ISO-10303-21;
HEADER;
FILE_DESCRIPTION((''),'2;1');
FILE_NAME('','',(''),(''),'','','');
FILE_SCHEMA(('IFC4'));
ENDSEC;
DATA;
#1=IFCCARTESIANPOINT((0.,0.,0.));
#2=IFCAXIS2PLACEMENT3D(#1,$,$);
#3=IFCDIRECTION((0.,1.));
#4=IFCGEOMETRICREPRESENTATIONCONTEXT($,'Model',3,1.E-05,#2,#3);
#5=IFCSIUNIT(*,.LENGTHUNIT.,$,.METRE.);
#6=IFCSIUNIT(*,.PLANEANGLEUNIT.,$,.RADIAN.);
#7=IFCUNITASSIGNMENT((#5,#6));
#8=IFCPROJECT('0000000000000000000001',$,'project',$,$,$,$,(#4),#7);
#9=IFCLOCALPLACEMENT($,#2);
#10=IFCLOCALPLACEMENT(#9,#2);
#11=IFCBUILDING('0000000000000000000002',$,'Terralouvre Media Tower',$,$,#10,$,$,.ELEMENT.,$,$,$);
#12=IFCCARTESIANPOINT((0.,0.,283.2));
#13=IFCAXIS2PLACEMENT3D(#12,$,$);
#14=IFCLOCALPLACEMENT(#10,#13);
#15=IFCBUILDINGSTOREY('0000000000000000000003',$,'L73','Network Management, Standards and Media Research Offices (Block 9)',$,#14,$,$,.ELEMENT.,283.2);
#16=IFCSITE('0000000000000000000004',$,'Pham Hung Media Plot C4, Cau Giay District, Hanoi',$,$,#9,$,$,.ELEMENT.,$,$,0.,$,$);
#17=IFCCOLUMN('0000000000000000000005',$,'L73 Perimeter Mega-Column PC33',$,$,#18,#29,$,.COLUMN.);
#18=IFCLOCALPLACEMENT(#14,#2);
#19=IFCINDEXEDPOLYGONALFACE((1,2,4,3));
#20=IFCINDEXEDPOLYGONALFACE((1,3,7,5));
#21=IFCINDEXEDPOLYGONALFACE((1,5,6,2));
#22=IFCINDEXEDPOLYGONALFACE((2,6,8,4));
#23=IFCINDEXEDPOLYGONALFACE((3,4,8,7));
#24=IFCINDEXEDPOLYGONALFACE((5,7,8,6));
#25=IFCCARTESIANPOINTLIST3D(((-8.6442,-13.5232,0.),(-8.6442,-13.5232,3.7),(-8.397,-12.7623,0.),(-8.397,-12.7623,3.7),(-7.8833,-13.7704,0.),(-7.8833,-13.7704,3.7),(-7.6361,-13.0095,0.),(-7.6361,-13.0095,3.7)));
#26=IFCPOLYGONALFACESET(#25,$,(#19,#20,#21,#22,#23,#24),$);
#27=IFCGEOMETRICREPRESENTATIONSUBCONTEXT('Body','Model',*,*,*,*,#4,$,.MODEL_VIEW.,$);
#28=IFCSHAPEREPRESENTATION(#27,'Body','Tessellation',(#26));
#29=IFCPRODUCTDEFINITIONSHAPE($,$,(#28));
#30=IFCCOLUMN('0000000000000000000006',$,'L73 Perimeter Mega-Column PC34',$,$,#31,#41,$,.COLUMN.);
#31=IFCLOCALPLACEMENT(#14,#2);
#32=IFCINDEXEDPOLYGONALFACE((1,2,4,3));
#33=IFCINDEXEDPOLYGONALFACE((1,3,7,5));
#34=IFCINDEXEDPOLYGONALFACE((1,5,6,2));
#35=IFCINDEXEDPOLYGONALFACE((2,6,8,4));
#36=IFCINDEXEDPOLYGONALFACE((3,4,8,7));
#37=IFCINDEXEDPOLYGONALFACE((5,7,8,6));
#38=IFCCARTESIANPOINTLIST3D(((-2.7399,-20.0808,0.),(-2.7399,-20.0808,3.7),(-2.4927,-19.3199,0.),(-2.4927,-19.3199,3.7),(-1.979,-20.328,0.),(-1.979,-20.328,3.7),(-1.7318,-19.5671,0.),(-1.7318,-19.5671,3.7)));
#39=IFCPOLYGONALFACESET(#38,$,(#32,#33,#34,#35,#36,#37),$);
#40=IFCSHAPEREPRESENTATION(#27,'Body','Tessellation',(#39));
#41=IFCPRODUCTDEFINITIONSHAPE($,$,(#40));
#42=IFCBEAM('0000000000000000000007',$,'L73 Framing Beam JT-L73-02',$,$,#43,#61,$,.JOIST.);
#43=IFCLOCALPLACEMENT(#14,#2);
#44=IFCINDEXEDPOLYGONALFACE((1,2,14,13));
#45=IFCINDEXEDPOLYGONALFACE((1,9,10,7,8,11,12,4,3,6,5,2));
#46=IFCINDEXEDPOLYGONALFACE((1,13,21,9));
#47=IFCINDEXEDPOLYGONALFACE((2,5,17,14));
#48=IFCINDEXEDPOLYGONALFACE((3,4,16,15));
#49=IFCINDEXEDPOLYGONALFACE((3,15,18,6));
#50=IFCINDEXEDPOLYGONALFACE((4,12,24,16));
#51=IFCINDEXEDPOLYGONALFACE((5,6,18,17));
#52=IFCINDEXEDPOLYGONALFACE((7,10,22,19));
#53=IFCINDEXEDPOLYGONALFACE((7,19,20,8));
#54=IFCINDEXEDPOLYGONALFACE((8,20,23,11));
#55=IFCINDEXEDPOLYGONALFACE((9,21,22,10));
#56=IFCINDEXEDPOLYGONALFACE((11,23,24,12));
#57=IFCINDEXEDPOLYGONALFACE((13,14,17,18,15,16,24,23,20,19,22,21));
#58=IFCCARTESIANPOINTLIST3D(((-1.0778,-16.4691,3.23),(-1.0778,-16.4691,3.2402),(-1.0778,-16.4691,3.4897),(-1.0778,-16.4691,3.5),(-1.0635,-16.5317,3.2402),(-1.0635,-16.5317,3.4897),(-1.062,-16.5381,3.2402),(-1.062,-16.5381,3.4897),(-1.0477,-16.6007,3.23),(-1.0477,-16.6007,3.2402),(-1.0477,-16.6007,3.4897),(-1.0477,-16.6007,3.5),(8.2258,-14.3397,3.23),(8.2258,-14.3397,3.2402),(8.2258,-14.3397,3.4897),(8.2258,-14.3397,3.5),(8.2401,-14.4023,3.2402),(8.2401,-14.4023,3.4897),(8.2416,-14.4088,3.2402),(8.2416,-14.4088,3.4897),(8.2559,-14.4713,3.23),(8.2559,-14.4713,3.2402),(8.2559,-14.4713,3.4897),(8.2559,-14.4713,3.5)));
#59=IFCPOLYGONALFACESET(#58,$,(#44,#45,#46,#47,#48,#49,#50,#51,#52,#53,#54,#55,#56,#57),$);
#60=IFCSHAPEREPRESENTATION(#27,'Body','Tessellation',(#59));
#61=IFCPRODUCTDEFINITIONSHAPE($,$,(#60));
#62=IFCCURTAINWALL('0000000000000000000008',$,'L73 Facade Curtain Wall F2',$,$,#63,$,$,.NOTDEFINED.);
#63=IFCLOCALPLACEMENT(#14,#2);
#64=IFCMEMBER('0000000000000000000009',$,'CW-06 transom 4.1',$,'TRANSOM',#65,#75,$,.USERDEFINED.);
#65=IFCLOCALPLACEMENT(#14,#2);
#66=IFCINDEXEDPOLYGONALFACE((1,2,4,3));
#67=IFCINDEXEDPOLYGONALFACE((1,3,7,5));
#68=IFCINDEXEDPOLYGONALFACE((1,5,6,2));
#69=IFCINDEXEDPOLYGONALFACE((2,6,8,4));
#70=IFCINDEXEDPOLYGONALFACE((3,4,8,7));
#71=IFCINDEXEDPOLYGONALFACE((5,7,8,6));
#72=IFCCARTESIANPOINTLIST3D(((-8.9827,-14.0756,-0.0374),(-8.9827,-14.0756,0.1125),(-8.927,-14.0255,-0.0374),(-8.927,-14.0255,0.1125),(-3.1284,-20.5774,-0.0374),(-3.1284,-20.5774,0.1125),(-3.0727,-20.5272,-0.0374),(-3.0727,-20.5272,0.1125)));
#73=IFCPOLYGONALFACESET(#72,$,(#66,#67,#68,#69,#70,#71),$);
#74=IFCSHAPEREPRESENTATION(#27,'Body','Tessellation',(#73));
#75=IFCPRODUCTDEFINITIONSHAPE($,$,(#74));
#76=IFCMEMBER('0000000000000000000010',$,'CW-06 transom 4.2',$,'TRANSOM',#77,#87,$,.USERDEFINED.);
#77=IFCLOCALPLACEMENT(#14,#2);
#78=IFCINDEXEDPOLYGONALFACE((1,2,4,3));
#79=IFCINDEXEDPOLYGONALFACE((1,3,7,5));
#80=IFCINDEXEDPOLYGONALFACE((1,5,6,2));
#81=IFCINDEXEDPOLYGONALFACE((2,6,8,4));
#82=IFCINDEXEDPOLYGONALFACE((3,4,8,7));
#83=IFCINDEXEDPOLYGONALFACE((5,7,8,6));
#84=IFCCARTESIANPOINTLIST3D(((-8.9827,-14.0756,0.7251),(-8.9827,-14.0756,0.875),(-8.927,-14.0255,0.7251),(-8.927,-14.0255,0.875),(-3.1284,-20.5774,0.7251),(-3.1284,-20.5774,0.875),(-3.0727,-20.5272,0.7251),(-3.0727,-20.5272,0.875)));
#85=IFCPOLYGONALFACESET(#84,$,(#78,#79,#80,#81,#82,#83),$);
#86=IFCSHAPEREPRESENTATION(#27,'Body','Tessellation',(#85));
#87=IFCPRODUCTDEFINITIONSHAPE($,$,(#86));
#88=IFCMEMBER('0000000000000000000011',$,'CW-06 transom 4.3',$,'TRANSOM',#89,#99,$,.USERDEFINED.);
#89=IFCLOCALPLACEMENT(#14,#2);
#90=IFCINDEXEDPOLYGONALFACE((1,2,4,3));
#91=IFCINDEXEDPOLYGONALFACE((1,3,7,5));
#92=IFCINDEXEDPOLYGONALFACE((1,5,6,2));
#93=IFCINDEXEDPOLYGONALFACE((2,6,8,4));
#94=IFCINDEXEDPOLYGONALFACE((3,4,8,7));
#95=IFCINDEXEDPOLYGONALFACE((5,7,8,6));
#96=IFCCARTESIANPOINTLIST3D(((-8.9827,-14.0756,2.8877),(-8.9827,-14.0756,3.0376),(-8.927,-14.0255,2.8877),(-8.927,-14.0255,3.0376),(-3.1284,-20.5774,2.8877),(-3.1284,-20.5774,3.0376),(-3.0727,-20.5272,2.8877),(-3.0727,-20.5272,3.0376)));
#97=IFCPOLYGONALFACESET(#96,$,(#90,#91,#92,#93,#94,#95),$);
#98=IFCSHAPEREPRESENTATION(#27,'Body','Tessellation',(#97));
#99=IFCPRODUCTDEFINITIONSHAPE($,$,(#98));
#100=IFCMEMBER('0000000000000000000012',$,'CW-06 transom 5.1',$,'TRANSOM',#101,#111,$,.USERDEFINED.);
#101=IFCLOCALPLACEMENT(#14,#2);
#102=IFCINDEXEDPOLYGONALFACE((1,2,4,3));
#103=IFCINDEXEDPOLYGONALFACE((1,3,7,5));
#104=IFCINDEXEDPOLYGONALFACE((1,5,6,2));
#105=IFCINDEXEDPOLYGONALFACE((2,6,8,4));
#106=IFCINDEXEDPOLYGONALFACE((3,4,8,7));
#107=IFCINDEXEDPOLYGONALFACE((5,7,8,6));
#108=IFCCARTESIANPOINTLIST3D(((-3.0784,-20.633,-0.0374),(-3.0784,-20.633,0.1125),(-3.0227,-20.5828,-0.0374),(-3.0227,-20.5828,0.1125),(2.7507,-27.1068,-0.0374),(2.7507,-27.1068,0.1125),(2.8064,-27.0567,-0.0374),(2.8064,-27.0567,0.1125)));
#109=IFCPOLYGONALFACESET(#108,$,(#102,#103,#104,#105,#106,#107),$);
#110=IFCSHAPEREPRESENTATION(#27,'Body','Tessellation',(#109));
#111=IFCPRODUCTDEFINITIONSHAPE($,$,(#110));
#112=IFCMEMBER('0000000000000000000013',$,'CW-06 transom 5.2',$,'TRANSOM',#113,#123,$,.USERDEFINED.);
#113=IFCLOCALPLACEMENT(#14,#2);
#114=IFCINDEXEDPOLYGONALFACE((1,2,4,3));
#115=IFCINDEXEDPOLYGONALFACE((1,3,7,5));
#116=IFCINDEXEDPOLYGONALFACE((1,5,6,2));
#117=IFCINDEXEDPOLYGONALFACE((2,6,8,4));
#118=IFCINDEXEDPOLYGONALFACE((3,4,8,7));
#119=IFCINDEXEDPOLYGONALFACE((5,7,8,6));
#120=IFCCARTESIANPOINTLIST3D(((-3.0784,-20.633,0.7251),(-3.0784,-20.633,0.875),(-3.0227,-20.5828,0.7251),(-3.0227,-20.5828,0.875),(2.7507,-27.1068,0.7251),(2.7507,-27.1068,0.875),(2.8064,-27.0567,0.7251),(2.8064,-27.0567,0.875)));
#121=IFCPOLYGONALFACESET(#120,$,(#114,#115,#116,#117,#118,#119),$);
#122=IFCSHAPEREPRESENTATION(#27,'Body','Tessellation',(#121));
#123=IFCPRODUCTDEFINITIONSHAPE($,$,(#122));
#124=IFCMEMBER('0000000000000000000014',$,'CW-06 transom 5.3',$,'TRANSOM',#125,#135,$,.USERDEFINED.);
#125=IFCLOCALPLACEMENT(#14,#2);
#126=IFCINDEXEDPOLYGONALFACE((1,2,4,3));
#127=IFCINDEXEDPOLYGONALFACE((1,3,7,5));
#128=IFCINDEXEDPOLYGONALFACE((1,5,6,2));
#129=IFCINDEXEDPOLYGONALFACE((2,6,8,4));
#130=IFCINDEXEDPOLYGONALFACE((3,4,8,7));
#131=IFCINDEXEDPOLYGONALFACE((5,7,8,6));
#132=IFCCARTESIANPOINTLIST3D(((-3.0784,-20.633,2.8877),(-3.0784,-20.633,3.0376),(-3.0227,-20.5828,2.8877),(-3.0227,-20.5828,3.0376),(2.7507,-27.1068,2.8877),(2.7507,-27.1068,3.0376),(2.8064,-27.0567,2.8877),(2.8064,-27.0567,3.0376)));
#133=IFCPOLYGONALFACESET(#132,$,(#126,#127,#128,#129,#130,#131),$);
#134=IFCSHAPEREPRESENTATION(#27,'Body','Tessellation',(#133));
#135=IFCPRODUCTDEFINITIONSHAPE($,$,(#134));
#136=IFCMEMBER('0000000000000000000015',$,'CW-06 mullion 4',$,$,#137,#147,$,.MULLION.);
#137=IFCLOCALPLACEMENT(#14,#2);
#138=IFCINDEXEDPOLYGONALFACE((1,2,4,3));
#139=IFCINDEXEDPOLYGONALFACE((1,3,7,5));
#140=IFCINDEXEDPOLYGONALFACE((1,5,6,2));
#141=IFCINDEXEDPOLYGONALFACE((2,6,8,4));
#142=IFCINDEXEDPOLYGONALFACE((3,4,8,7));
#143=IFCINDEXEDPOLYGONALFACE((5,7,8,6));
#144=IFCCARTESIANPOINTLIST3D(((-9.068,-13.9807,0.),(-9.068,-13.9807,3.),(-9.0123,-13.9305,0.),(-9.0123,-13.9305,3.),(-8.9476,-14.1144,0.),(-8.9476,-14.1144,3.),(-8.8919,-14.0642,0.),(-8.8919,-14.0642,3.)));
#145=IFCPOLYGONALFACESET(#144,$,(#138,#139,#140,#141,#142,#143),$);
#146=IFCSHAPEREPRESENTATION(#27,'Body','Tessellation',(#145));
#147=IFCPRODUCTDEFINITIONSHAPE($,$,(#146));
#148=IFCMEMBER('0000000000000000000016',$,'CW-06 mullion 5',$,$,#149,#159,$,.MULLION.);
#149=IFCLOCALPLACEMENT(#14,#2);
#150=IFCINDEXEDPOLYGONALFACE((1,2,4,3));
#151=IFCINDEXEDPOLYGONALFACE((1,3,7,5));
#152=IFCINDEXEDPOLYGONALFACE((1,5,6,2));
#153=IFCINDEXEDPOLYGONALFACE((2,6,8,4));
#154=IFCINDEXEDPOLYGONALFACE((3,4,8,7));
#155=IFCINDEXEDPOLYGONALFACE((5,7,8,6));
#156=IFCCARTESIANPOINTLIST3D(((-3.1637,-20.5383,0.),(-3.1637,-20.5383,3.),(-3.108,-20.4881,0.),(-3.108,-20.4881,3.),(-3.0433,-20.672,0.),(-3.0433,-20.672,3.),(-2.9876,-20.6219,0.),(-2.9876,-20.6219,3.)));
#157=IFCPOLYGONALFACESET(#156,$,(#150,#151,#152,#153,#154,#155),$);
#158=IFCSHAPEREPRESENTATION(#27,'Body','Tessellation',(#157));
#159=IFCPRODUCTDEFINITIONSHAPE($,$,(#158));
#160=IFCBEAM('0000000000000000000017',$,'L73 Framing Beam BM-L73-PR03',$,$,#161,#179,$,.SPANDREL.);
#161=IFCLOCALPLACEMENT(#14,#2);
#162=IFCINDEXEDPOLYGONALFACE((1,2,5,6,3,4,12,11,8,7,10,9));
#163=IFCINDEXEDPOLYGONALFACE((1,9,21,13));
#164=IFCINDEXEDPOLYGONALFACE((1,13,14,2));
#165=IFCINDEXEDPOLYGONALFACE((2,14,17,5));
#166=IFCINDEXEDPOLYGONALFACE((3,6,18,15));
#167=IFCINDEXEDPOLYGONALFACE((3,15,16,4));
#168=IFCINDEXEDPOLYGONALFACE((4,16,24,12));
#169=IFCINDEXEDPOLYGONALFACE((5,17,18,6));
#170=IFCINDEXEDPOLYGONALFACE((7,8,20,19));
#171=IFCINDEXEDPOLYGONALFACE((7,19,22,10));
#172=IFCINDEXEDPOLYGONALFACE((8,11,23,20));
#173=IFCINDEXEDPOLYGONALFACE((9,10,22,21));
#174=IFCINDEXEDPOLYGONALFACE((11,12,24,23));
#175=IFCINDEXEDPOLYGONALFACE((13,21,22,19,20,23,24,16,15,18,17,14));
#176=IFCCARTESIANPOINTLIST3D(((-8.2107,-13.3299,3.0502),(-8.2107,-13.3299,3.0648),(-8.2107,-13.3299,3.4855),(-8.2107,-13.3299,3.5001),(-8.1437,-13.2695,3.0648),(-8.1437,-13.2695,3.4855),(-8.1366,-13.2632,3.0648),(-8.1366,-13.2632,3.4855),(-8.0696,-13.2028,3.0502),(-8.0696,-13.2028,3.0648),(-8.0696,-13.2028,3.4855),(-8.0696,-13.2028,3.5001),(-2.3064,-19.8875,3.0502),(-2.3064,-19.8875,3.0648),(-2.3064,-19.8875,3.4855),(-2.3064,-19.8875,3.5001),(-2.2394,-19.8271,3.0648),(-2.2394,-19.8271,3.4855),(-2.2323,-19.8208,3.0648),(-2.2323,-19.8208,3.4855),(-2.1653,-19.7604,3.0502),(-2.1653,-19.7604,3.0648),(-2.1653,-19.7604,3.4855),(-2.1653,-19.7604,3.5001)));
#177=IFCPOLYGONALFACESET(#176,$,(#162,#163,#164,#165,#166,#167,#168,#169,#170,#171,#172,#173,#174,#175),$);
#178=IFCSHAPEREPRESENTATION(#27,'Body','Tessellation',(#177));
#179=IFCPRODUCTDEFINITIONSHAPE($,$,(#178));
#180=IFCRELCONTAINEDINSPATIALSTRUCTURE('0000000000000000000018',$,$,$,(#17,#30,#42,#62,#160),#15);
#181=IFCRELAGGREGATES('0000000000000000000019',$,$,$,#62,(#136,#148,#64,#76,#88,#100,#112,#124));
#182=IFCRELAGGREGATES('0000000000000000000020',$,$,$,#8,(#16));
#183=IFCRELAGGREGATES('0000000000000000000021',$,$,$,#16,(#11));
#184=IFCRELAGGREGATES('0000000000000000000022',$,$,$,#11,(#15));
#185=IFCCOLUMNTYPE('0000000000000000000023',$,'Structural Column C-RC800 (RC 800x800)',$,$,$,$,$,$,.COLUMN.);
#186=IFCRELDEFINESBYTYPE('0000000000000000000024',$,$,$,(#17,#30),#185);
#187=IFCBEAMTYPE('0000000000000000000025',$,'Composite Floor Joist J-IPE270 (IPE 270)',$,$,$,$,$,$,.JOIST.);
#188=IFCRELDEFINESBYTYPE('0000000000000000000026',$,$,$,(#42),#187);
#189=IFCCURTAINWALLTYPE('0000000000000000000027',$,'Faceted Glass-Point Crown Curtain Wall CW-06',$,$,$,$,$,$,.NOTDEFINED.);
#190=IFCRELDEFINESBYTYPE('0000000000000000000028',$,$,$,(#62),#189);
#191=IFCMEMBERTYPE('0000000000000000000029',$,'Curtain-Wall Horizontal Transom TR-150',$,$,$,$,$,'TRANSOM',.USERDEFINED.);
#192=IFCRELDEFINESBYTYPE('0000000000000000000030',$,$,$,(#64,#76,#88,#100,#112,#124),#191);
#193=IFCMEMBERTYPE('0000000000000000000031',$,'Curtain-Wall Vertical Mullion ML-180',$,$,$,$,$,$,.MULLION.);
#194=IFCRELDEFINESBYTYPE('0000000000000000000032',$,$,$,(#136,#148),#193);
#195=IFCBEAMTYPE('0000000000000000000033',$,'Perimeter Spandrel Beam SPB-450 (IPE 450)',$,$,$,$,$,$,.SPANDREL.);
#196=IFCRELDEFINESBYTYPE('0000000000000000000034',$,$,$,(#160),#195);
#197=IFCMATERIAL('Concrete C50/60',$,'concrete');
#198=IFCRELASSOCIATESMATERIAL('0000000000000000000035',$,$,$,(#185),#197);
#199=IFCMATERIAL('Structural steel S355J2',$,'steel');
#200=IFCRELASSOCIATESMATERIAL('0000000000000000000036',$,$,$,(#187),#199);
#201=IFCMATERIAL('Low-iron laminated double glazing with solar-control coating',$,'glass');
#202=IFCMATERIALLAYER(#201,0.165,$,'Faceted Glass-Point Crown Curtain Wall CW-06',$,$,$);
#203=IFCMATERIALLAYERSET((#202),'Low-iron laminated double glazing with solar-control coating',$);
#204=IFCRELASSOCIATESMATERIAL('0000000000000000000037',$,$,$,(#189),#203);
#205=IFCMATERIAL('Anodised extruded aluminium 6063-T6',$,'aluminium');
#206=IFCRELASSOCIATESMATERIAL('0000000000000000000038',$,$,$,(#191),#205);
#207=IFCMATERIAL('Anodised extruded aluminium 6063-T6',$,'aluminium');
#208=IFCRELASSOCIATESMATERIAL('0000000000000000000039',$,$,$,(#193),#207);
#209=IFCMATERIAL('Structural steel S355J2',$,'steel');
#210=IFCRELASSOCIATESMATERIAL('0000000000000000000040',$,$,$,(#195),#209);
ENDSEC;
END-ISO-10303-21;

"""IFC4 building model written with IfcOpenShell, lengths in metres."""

from ifc_helpers import new_model, si_unit, direction, frame, origin, origin_2d, place, context, subcontext, project, spatial, rectangle, i_section, extrude, material, layer, layer_set, material_profile, profile_set, type_object, element, aggregate, save


model = new_model("IFC4")

# Units and contexts
model_context = context("Model", 3, precision=1e-05, world=origin(), true_north=direction((0.0, 1.0)))
body_context = subcontext(model_context, "Body", "Model", "MODEL_VIEW")
ifc_project = project(units=[si_unit("LENGTHUNIT", "METRE"), si_unit("PLANEANGLEUNIT", "RADIAN")], contexts=[model_context])

# Site, building, storey
site_placement = place(None, origin())
site = spatial("IfcSite", under=ifc_project, at=site_placement, Name="Pham Hung Media Plot C4, Cau Giay District, Hanoi", CompositionType="ELEMENT", RefElevation=0.0)
building_placement = place(site_placement, origin())
building = spatial("IfcBuilding", under=site, at=building_placement, Name="Terralouvre Media Tower", CompositionType="ELEMENT")
storey_placement = place(building_placement, frame((0.0, 0.0, 283.2)))
storey = spatial("IfcBuildingStorey", under=building, at=storey_placement, Name="L73", Description="Network Management, Standards and Media Research Offices (Block 9)", CompositionType="ELEMENT", Elevation=283.2)

# Columns
ifc_material_1 = material(Name="Concrete C50/60", Category="concrete")
ifc_material_profile_1 = material_profile(ifc_material_1, rectangle(XDim=0.8, YDim=0.8, at=origin_2d()), Name="RC 800x800")
ifc_profile_set_1 = profile_set([ifc_material_profile_1], Name="Concrete C50/60")
column_type = type_object("IfcColumnType", Name="Structural Column C-RC800 (RC 800x800)", PredefinedType="COLUMN", material=ifc_profile_set_1)
for number, where, z_axis, x_axis, name in (
    (1, (-8.1401, -13.2664, 0.0), (0.0, 0.0, 1.0), (0.309017, 0.951057, 0.0), "L73 Perimeter Mega-Column PC33"),
    (2, (-2.2358, -19.824, 0.0), (0.0, 0.0, 1.0), (0.309017, 0.951057, 0.0), "L73 Perimeter Mega-Column PC34"),
):
    element("IfcColumn", number, at=place(storey_placement, frame(where, z_axis=z_axis, x_axis=x_axis)), inside=storey, type_object=column_type, Name=name, PredefinedType="COLUMN", context=body_context, shape_type="SweptSolid", body=[
        extrude(rectangle(XDim=0.8, YDim=0.8, at=origin_2d()), origin(), (0.0, 0.0, 1.0), 3.7),
    ])

# Beam
ifc_material_2 = material(Name="Structural steel S355J2", Category="steel")
ifc_material_profile_2 = material_profile(ifc_material_2, i_section(OverallWidth=0.135, OverallDepth=0.27, WebThickness=0.0066, FlangeThickness=0.0103, at=origin_2d()), Name="IPE 270")
ifc_profile_set_2 = profile_set([ifc_material_profile_2], Name="Structural steel S355J2")
beam_type_1 = type_object("IfcBeamType", Name="Composite Floor Joist J-IPE270 (IPE 270)", PredefinedType="JOIST", material=ifc_profile_set_2)
beam_1_placement = place(storey_placement, frame((-1.0627, -16.5349, 3.365), z_axis=(0.974794, 0.223107, 0.0), x_axis=(-0.223107, 0.974794, 0.0)))
element("IfcBeam", 3, at=beam_1_placement, inside=storey, type_object=beam_type_1, Name="L73 Framing Beam JT-L73-02", PredefinedType="JOIST", context=body_context, shape_type="SweptSolid", body=[
    extrude(i_section(OverallWidth=0.135, OverallDepth=0.27, WebThickness=0.0066, FlangeThickness=0.0103, at=origin_2d()), origin(), (0.0, 0.0, 1.0), 9.5442),
])

# Curtain wall, members
ifc_material_3 = material(Name="Low-iron laminated double glazing with solar-control coating", Category="glass")
ifc_layer_1 = layer(ifc_material_3, 0.165, Name="Faceted Glass-Point Crown Curtain Wall CW-06")
ifc_layer_set_1 = layer_set([ifc_layer_1], Name="Low-iron laminated double glazing with solar-control coating")
curtain_wall_type = type_object("IfcCurtainWallType", Name="Faceted Glass-Point Crown Curtain Wall CW-06", PredefinedType="NOTDEFINED", material=ifc_layer_set_1)
curtain_wall_placement = place(storey_placement, origin())
curtain_wall = element("IfcCurtainWall", 4, at=curtain_wall_placement, inside=storey, type_object=curtain_wall_type, Name="L73 Facade Curtain Wall F2", PredefinedType="NOTDEFINED")
ifc_material_4 = material(Name="Anodised extruded aluminium 6063-T6", Category="aluminium")
ifc_material_profile_3 = material_profile(ifc_material_4, rectangle(XDim=0.075, YDim=0.1499, at=origin_2d()), Name="ALU 75x150")
ifc_profile_set_3 = profile_set([ifc_material_profile_3], Name="Anodised extruded aluminium 6063-T6")
member_type_1 = type_object("IfcMemberType", Name="Curtain-Wall Horizontal Transom TR-150", ElementType="TRANSOM", PredefinedType="USERDEFINED", material=ifc_profile_set_3)
member_1_placement = place(storey_placement, frame((-8.9548, -14.0505, 0.0376), z_axis=(0.669136, -0.74314, 0.0), x_axis=(0.74314, 0.669136, 0.0)))
member_1 = element("IfcMember", 5, at=member_1_placement, type_object=member_type_1, Name="CW-06 transom 4.1", ObjectType="TRANSOM", PredefinedType="USERDEFINED", context=body_context, shape_type="SweptSolid", body=[
    extrude(rectangle(XDim=0.075, YDim=0.1499, at=origin_2d()), origin(), (0.0, 0.0, 1.0), 8.749),
])
member_2_placement = place(storey_placement, frame((-8.9548, -14.0505, 0.8), z_axis=(0.669136, -0.74314, 0.0), x_axis=(0.74314, 0.669136, 0.0)))
member_2 = element("IfcMember", 6, at=member_2_placement, type_object=member_type_1, Name="CW-06 transom 4.2", ObjectType="TRANSOM", PredefinedType="USERDEFINED", context=body_context, shape_type="SweptSolid", body=[
    extrude(rectangle(XDim=0.075, YDim=0.1499, at=origin_2d()), origin(), (0.0, 0.0, 1.0), 8.749),
])
member_3_placement = place(storey_placement, frame((-8.9548, -14.0505, 2.9626), z_axis=(0.669136, -0.74314, 0.0), x_axis=(0.74314, 0.669136, 0.0)))
member_3 = element("IfcMember", 7, at=member_3_placement, type_object=member_type_1, Name="CW-06 transom 4.3", ObjectType="TRANSOM", PredefinedType="USERDEFINED", context=body_context, shape_type="SweptSolid", body=[
    extrude(rectangle(XDim=0.075, YDim=0.1499, at=origin_2d()), origin(), (0.0, 0.0, 1.0), 8.749),
])
member_4_placement = place(storey_placement, frame((-3.0505, -20.6079, 0.0376), z_axis=(0.66913, -0.743145, 0.0), x_axis=(0.743145, 0.66913, 0.0)))
member_4 = element("IfcMember", 8, at=member_4_placement, type_object=member_type_1, Name="CW-06 transom 5.1", ObjectType="TRANSOM", PredefinedType="USERDEFINED", context=body_context, shape_type="SweptSolid", body=[
    extrude(rectangle(XDim=0.075, YDim=0.1499, at=origin_2d()), origin(), (0.0, 0.0, 1.0), 8.7114),
])
member_5_placement = place(storey_placement, frame((-3.0505, -20.6079, 0.8), z_axis=(0.66913, -0.743145, 0.0), x_axis=(0.743145, 0.66913, 0.0)))
member_5 = element("IfcMember", 9, at=member_5_placement, type_object=member_type_1, Name="CW-06 transom 5.2", ObjectType="TRANSOM", PredefinedType="USERDEFINED", context=body_context, shape_type="SweptSolid", body=[
    extrude(rectangle(XDim=0.075, YDim=0.1499, at=origin_2d()), origin(), (0.0, 0.0, 1.0), 8.7114),
])
member_6_placement = place(storey_placement, frame((-3.0505, -20.6079, 2.9626), z_axis=(0.66913, -0.743145, 0.0), x_axis=(0.743145, 0.66913, 0.0)))
member_6 = element("IfcMember", 10, at=member_6_placement, type_object=member_type_1, Name="CW-06 transom 5.3", ObjectType="TRANSOM", PredefinedType="USERDEFINED", context=body_context, shape_type="SweptSolid", body=[
    extrude(rectangle(XDim=0.075, YDim=0.1499, at=origin_2d()), origin(), (0.0, 0.0, 1.0), 8.7114),
])
ifc_material_5 = material(Name="Anodised extruded aluminium 6063-T6", Category="aluminium")
ifc_material_profile_4 = material_profile(ifc_material_5, rectangle(XDim=0.075, YDim=0.1799, at=origin_2d()), Name="ALU 75x180")
ifc_profile_set_4 = profile_set([ifc_material_profile_4], Name="Anodised extruded aluminium 6063-T6")
member_type_2 = type_object("IfcMemberType", Name="Curtain-Wall Vertical Mullion ML-180", PredefinedType="MULLION", material=ifc_profile_set_4)
member_7_placement = place(storey_placement, frame((-8.98, -14.0225, 0.0), z_axis=(0.0, 0.0, 1.0), x_axis=(0.743145, 0.669131, 0.0)))
member_7 = element("IfcMember", 11, at=member_7_placement, type_object=member_type_2, Name="CW-06 mullion 4", PredefinedType="MULLION", context=body_context, shape_type="SweptSolid", body=[
    extrude(rectangle(XDim=0.075, YDim=0.1799, at=origin_2d()), origin(), (0.0, 0.0, 1.0), 3.0),
])
member_8_placement = place(storey_placement, frame((-3.0757, -20.5801, 0.0), z_axis=(0.0, 0.0, 1.0), x_axis=(0.743145, 0.669131, 0.0)))
member_8 = element("IfcMember", 12, at=member_8_placement, type_object=member_type_2, Name="CW-06 mullion 5", PredefinedType="MULLION", context=body_context, shape_type="SweptSolid", body=[
    extrude(rectangle(XDim=0.075, YDim=0.1799, at=origin_2d()), origin(), (0.0, 0.0, 1.0), 3.0),
])

# Beam
ifc_material_6 = material(Name="Structural steel S355J2", Category="steel")
ifc_material_profile_5 = material_profile(ifc_material_6, i_section(OverallWidth=0.1899, OverallDepth=0.45, WebThickness=0.0095, FlangeThickness=0.0146, at=origin_2d()), Name="IPE 450")
ifc_profile_set_5 = profile_set([ifc_material_profile_5], Name="Structural steel S355J2")
beam_type_2 = type_object("IfcBeamType", Name="Perimeter Spandrel Beam SPB-450 (IPE 450)", PredefinedType="SPANDREL", material=ifc_profile_set_5)
beam_2_placement = place(storey_placement, frame((-8.1401, -13.2664, 3.2751), z_axis=(0.669118, -0.743157, 0.0), x_axis=(0.743157, 0.669118, 0.0)))
element("IfcBeam", 13, at=beam_2_placement, inside=storey, type_object=beam_type_2, Name="L73 Framing Beam BM-L73-PR03", PredefinedType="SPANDREL", context=body_context, shape_type="SweptSolid", body=[
    extrude(i_section(OverallWidth=0.1899, OverallDepth=0.45, WebThickness=0.0095, FlangeThickness=0.0146, at=origin_2d()), origin(), (0.0, 0.0, 1.0), 8.824),
])

aggregate(curtain_wall, [member_7, member_8, member_1, member_2, member_3, member_4, member_5, member_6])

save(model, "model.ifc")
